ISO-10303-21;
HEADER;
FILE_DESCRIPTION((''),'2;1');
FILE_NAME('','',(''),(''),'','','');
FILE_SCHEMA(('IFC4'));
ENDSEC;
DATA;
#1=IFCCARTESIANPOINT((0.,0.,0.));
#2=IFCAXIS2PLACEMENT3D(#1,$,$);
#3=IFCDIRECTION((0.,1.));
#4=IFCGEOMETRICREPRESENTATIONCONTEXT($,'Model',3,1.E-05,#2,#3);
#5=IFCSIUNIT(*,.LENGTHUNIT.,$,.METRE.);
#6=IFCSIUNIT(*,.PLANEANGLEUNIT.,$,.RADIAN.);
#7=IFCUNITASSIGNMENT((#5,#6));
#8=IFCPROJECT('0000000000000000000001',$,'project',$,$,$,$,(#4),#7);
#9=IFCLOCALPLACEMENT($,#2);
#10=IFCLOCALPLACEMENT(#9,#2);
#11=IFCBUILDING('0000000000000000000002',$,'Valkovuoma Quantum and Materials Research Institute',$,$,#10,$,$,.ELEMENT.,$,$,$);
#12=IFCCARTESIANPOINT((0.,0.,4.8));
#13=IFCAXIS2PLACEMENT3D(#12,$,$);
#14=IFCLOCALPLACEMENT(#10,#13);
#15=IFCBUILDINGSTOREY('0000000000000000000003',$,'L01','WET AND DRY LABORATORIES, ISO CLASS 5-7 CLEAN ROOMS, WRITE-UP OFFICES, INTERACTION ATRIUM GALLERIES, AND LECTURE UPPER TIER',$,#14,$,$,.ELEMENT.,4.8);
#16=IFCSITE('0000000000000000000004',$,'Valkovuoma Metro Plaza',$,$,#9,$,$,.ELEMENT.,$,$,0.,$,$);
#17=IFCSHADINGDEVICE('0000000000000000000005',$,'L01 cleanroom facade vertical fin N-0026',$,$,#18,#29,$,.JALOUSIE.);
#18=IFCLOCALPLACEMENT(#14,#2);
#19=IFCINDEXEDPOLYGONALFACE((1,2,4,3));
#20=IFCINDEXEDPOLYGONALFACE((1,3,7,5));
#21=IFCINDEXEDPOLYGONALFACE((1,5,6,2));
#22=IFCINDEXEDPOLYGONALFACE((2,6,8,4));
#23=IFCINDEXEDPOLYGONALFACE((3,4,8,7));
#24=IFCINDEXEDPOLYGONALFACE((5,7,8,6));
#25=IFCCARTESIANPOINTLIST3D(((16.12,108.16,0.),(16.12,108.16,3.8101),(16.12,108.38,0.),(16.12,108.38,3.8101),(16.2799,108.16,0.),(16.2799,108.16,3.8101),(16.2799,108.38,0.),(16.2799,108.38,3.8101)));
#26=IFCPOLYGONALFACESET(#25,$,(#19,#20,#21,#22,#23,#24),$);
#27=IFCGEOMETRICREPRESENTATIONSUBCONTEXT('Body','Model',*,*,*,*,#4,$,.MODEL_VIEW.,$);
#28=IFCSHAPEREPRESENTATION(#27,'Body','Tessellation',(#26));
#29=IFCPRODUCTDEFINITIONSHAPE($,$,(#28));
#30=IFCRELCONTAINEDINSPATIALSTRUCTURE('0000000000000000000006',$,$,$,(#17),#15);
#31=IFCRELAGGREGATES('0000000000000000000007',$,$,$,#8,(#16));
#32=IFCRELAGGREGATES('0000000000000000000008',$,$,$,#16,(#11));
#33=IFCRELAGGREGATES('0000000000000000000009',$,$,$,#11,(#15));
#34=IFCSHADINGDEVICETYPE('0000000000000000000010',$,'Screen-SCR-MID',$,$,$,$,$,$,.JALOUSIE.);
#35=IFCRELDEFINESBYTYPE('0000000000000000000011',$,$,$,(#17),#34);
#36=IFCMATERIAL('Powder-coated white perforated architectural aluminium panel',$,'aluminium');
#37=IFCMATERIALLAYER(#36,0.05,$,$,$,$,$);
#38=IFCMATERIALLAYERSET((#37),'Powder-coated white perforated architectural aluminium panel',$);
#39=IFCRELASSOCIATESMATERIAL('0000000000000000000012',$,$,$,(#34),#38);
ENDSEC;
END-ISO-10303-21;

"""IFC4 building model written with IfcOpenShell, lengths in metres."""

from ifc_helpers import new_model, si_unit, direction, frame, origin, origin_2d, place, context, subcontext, project, spatial, rectangle, extrude, material, layer, layer_set, type_object, element, save


model = new_model("IFC4")

# Units and contexts
model_context = context("Model", 3, precision=1e-05, world=origin(), true_north=direction((0.0, 1.0)))
body_context = subcontext(model_context, "Body", "Model", "MODEL_VIEW")
ifc_project = project(units=[si_unit("LENGTHUNIT", "METRE"), si_unit("PLANEANGLEUNIT", "RADIAN")], contexts=[model_context])

# Site, building, storey
site_placement = place(None, origin())
site = spatial("IfcSite", under=ifc_project, at=site_placement, Name="Valkovuoma Metro Plaza", CompositionType="ELEMENT", RefElevation=0.0)
building_placement = place(site_placement, origin())
building = spatial("IfcBuilding", under=site, at=building_placement, Name="Valkovuoma Quantum and Materials Research Institute", CompositionType="ELEMENT")
storey_placement = place(building_placement, frame((0.0, 0.0, 4.8)))
storey = spatial("IfcBuildingStorey", under=building, at=storey_placement, Name="L01", Description="WET AND DRY LABORATORIES, ISO CLASS 5-7 CLEAN ROOMS, WRITE-UP OFFICES, INTERACTION ATRIUM GALLERIES, AND LECTURE UPPER TIER", CompositionType="ELEMENT", Elevation=4.8)

# Shading device
ifc_material_1 = material(Name="Powder-coated white perforated architectural aluminium panel", Category="aluminium")
ifc_layer_1 = layer(ifc_material_1, 0.05)
ifc_layer_set_1 = layer_set([ifc_layer_1], Name="Powder-coated white perforated architectural aluminium panel")
shading_device_type = type_object("IfcShadingDeviceType", Name="Screen-SCR-MID", PredefinedType="JALOUSIE", material=ifc_layer_set_1)
shading_device_placement = place(storey_placement, frame((16.2, 108.27, 0.0), z_axis=(0.0, 0.0, 1.0), x_axis=(1.0, 0.0, 0.0)))
element("IfcShadingDevice", 1, at=shading_device_placement, inside=storey, type_object=shading_device_type, Name="L01 cleanroom facade vertical fin N-0026", PredefinedType="JALOUSIE", context=body_context, shape_type="SweptSolid", body=[
    extrude(rectangle(XDim=0.1599, YDim=0.22, at=origin_2d()), origin(), (0.0, 0.0, 1.0), 3.8101),
])

save(model, "model.ifc")
